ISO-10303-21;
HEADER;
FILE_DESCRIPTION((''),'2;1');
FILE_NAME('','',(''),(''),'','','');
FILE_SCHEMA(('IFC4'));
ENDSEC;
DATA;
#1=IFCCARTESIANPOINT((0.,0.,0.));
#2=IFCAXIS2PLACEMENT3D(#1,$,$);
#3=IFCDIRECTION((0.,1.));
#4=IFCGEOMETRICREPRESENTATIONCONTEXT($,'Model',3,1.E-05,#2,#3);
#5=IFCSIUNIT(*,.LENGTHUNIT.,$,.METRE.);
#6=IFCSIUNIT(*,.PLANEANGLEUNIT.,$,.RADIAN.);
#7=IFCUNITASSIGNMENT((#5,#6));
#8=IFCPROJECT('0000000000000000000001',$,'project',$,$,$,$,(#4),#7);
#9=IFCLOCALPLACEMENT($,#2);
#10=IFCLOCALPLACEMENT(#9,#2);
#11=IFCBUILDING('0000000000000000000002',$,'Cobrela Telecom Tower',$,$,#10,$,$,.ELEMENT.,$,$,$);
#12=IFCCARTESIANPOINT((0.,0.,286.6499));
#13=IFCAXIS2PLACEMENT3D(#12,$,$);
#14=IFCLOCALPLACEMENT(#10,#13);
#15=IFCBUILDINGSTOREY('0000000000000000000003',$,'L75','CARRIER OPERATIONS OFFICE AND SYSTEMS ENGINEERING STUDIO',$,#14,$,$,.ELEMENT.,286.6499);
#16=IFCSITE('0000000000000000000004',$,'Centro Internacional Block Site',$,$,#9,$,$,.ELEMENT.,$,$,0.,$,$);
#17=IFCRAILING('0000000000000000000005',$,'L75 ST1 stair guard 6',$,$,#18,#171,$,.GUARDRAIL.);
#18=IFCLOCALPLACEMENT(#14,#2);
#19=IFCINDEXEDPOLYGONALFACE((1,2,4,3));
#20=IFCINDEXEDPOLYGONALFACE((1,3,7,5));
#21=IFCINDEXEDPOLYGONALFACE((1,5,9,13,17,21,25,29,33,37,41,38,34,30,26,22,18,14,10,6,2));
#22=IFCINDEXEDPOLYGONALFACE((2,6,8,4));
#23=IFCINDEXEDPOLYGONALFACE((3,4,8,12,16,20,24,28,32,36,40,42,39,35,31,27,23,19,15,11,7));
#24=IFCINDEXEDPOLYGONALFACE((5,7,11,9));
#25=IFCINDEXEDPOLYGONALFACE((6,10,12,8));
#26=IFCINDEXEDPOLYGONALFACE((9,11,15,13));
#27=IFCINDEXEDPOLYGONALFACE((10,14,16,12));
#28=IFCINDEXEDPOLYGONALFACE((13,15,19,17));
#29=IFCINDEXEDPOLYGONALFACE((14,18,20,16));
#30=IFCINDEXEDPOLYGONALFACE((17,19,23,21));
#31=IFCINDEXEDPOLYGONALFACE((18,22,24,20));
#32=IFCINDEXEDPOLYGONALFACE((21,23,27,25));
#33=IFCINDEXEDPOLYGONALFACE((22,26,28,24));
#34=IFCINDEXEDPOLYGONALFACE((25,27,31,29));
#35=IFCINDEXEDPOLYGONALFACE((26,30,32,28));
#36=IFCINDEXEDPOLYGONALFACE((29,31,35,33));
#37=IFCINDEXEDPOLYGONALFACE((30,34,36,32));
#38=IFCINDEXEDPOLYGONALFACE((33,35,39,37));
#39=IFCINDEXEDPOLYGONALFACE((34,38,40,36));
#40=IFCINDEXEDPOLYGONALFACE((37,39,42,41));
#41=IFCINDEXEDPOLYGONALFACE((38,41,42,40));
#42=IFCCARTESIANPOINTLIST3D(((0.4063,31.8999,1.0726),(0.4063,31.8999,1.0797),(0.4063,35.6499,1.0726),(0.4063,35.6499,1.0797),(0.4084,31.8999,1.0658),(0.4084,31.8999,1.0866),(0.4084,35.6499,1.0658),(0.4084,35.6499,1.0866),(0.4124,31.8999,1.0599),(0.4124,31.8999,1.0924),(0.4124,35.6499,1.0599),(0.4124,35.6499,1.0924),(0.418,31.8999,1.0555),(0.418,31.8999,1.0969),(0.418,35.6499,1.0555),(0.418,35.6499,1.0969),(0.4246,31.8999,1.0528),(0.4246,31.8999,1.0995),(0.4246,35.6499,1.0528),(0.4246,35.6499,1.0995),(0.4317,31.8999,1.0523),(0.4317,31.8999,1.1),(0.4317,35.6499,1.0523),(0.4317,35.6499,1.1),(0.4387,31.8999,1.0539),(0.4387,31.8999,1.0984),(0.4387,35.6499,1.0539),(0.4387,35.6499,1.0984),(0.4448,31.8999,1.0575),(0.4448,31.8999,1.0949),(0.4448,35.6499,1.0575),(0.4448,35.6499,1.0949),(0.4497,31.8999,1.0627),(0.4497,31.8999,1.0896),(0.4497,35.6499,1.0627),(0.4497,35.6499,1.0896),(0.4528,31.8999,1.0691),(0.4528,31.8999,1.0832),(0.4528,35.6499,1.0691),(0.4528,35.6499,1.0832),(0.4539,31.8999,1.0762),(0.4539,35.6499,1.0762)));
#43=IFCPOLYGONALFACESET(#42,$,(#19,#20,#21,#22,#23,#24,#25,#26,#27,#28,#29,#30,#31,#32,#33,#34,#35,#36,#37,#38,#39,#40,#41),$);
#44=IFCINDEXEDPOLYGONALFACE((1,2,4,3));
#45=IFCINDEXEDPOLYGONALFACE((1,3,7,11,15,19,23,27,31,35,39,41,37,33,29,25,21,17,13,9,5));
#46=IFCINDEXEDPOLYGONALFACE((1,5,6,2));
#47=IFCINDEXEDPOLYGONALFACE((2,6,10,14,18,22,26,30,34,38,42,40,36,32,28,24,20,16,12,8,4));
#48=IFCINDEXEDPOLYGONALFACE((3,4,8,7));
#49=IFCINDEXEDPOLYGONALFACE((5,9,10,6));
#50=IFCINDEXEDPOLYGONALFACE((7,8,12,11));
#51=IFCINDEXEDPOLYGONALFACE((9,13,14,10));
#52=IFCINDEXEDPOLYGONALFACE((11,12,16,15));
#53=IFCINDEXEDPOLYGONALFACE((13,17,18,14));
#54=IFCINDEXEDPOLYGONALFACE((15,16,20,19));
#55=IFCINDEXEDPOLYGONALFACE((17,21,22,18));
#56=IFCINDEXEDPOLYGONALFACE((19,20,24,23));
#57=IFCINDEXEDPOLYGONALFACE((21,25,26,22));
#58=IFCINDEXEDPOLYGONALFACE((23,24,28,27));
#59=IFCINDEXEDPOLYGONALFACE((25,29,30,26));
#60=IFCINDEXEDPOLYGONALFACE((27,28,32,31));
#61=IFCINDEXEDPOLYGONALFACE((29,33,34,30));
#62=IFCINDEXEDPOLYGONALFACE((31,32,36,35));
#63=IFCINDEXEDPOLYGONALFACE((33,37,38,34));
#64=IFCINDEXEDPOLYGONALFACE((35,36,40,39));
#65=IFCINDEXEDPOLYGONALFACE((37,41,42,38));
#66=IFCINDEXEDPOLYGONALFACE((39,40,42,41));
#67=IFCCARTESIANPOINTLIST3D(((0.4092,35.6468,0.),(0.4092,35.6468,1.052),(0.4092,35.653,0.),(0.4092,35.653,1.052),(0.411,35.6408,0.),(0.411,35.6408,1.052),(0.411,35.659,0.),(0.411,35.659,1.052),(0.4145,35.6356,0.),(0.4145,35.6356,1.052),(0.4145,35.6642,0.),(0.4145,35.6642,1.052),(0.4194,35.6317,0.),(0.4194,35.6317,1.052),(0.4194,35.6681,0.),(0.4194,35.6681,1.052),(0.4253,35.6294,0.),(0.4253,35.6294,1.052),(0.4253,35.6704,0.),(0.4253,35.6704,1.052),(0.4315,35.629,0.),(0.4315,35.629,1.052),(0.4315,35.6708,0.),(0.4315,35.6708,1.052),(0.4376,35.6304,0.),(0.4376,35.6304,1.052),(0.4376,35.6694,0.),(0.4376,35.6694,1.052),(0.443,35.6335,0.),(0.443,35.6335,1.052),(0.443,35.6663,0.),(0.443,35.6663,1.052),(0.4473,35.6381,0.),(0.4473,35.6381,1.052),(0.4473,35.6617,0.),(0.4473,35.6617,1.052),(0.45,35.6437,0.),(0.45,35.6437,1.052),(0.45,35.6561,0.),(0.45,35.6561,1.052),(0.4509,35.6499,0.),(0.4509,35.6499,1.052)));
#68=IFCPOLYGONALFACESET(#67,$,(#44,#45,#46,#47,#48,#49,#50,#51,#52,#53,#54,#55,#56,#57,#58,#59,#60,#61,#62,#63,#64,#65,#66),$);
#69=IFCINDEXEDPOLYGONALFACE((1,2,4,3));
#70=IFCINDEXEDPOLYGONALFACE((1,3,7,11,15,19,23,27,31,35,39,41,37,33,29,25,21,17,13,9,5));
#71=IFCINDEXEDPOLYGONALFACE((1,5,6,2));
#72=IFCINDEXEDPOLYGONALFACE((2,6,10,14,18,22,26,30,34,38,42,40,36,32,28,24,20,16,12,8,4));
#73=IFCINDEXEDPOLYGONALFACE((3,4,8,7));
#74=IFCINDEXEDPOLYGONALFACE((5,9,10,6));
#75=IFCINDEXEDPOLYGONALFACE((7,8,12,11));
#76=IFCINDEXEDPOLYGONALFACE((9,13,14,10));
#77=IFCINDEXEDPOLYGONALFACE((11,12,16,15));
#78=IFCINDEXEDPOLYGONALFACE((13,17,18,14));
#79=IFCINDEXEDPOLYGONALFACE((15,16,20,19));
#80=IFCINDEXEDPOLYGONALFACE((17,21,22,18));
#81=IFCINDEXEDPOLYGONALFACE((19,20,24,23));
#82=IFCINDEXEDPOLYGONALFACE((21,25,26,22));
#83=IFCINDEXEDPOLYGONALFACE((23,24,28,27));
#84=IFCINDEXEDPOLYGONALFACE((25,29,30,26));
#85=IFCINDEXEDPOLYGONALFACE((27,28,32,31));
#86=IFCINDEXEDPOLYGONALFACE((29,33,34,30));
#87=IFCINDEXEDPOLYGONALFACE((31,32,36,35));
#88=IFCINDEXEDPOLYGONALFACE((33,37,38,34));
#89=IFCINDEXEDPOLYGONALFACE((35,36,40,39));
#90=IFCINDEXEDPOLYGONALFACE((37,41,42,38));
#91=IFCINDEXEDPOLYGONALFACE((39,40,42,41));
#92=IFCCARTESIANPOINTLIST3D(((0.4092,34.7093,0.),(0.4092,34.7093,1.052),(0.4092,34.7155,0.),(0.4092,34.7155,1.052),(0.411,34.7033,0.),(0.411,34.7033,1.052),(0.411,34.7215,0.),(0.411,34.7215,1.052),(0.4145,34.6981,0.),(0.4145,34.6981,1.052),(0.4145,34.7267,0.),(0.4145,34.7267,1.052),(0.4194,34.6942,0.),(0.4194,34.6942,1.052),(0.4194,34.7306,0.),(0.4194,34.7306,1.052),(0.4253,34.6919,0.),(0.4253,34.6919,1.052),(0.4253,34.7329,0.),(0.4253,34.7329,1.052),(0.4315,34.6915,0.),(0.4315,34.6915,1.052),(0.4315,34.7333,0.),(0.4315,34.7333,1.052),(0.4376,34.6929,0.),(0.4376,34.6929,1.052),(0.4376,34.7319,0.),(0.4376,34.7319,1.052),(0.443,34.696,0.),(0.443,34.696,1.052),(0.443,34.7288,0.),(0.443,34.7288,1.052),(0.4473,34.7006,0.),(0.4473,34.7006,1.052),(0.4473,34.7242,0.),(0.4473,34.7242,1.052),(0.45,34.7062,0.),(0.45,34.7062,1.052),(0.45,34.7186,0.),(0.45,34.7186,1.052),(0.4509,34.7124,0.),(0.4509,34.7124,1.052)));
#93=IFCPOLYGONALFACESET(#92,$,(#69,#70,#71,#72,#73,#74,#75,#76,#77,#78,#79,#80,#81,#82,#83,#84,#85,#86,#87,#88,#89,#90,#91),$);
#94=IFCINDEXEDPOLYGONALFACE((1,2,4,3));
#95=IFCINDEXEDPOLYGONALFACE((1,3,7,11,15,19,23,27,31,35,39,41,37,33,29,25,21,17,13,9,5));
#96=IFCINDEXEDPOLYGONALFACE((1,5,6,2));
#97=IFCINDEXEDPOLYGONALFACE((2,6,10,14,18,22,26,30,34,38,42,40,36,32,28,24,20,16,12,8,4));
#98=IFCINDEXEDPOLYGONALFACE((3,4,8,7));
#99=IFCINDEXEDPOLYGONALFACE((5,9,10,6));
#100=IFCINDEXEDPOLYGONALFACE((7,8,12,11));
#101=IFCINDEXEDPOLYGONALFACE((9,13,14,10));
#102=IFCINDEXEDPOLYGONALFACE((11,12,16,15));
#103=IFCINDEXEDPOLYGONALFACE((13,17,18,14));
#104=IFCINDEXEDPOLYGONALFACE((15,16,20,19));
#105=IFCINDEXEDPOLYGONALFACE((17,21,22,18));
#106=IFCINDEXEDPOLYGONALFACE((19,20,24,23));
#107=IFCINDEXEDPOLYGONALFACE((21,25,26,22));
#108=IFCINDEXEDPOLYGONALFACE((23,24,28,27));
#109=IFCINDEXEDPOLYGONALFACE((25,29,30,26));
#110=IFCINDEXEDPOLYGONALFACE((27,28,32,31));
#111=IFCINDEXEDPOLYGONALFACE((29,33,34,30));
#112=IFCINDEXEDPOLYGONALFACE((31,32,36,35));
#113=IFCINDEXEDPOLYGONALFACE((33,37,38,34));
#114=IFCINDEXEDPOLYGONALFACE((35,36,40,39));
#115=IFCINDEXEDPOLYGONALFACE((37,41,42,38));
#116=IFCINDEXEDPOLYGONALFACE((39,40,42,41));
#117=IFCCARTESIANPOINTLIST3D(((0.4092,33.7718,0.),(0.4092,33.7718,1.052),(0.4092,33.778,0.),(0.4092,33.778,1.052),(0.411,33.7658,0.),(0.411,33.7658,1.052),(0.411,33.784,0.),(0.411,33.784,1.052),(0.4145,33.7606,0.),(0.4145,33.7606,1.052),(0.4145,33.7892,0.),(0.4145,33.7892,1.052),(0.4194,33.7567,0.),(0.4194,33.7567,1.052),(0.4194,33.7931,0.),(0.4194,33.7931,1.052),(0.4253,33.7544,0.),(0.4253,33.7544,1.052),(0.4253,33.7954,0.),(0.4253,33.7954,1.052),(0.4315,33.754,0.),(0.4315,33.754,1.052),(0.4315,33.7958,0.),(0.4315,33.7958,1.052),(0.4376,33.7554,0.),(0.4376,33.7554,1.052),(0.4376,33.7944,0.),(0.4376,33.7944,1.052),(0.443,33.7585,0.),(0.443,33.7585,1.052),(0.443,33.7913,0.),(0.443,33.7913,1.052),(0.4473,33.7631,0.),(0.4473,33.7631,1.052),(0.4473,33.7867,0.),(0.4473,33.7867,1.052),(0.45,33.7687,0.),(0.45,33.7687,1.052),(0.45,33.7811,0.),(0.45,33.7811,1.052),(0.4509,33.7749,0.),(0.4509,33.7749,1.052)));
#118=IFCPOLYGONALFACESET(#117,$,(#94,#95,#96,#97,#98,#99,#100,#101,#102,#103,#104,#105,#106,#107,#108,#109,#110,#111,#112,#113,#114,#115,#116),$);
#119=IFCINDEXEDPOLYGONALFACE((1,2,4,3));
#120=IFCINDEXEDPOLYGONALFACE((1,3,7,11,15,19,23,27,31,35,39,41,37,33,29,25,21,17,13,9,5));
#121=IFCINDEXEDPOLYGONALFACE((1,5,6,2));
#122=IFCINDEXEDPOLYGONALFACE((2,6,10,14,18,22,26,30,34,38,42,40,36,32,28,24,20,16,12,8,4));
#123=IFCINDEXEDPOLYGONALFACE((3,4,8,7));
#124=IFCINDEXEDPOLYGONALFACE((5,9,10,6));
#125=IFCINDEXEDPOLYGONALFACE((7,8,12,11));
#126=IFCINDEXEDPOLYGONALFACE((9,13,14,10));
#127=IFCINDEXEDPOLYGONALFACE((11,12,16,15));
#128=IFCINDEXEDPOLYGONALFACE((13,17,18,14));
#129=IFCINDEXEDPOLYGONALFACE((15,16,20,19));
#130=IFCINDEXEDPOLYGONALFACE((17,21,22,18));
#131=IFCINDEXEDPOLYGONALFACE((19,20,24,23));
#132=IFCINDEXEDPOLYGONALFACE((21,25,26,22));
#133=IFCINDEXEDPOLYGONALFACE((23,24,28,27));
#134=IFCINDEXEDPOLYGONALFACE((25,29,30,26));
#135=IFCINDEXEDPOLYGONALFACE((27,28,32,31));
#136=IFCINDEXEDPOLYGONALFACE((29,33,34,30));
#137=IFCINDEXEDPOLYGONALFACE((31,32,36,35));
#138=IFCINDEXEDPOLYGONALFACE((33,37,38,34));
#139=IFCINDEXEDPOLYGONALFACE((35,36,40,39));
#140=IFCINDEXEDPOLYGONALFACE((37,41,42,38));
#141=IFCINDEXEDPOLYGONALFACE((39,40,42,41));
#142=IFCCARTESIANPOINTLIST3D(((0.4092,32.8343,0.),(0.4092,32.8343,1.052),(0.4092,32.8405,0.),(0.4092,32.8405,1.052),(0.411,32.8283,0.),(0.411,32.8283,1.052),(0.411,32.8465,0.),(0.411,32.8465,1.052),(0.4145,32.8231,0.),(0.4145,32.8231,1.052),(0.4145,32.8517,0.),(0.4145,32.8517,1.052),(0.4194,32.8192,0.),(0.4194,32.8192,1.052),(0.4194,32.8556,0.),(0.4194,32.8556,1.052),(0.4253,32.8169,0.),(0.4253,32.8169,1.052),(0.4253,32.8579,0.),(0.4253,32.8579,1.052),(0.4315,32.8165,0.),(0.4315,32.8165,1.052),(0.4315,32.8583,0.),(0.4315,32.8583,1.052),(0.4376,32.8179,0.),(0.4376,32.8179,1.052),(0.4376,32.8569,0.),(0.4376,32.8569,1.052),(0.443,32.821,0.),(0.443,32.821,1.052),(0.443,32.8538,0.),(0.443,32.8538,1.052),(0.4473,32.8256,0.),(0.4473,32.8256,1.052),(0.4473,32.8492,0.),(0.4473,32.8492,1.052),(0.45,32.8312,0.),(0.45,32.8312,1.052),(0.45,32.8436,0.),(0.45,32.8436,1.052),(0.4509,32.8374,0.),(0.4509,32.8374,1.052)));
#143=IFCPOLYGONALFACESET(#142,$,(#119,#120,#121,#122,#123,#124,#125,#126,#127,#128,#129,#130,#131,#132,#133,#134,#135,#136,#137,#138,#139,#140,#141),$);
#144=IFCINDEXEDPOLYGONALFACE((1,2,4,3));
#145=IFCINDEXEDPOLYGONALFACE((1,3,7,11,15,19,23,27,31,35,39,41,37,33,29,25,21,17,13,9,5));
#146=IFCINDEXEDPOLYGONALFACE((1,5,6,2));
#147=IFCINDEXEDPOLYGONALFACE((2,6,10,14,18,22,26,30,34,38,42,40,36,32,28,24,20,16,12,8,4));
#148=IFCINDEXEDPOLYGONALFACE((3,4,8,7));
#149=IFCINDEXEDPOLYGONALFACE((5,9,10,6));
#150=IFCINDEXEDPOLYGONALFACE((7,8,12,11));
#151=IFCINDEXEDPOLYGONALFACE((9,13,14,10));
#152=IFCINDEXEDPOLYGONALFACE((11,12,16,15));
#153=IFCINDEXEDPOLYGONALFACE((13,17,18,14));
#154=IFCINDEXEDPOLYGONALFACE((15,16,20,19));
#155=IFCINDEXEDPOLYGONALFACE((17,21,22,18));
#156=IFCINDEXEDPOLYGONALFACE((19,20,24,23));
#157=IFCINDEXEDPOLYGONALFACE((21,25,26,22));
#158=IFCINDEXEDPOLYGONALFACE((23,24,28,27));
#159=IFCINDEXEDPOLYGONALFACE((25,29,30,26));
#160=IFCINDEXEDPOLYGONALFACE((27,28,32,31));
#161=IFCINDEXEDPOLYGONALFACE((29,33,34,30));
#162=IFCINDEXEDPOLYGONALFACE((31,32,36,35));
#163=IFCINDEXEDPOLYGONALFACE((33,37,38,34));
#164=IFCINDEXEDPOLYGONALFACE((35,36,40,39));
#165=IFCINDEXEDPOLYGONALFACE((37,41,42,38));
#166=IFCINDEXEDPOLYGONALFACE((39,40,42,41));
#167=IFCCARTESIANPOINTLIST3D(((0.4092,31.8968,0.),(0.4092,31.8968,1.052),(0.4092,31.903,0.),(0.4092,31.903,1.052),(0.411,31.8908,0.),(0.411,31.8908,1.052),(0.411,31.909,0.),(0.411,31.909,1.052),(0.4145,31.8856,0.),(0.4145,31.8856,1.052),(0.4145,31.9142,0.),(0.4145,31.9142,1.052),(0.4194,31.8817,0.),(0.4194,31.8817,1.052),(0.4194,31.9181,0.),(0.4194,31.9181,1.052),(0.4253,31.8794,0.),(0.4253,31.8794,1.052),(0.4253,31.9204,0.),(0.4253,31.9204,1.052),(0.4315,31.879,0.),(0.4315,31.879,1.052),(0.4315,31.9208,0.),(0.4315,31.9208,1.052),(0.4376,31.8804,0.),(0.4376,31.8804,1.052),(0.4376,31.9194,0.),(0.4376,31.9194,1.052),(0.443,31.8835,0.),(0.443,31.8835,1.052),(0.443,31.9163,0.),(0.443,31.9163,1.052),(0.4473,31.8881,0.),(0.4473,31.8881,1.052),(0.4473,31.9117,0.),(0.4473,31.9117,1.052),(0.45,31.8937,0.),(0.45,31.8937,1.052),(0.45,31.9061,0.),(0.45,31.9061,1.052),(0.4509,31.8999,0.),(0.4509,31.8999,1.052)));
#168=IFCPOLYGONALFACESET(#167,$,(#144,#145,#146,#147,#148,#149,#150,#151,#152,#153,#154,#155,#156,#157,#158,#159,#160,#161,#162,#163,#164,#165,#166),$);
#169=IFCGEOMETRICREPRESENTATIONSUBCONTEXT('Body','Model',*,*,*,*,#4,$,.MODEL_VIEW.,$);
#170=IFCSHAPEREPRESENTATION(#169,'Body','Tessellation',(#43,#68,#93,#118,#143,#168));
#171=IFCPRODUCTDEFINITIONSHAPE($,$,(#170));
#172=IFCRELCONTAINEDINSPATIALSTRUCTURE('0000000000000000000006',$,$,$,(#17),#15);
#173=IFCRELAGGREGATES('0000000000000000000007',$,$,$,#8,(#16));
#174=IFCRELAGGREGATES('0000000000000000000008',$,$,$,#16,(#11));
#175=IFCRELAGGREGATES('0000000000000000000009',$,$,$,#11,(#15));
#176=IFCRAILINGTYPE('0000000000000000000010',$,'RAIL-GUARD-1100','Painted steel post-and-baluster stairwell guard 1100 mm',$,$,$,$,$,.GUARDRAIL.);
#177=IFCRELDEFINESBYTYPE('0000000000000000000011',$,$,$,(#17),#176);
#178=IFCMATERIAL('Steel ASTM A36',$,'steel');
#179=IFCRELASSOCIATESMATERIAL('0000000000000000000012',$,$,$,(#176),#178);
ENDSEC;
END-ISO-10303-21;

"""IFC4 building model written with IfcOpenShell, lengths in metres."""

from ifc_helpers import new_model, si_unit, direction, frame, origin, origin_2d, place, context, subcontext, project, spatial, circle, extrude, material, type_object, element, save


model = new_model("IFC4")

# Units and contexts
model_context = context("Model", 3, precision=1e-05, world=origin(), true_north=direction((0.0, 1.0)))
body_context = subcontext(model_context, "Body", "Model", "MODEL_VIEW")
ifc_project = project(units=[si_unit("LENGTHUNIT", "METRE"), si_unit("PLANEANGLEUNIT", "RADIAN")], contexts=[model_context])

# Site, building, storey
site_placement = place(None, origin())
site = spatial("IfcSite", under=ifc_project, at=site_placement, Name="Centro Internacional Block Site", CompositionType="ELEMENT", RefElevation=0.0)
building_placement = place(site_placement, origin())
building = spatial("IfcBuilding", under=site, at=building_placement, Name="Cobrela Telecom Tower", CompositionType="ELEMENT")
storey_placement = place(building_placement, frame((0.0, 0.0, 286.6499)))
storey = spatial("IfcBuildingStorey", under=building, at=storey_placement, Name="L75", Description="CARRIER OPERATIONS OFFICE AND SYSTEMS ENGINEERING STUDIO", CompositionType="ELEMENT", Elevation=286.6499)

# Shared definitions
ifc_material_1 = material(Name="Steel ASTM A36", Category="steel")

# Railing
railing_type_1 = type_object("IfcRailingType", Name="RAIL-GUARD-1100", Description="Painted steel post-and-baluster stairwell guard 1100 mm", PredefinedType="GUARDRAIL", material=ifc_material_1)
railing_1_placement = place(storey_placement, frame((0.4299, 35.6499, 0.0)))
element("IfcRailing", 1, at=railing_1_placement, inside=storey, type_object=railing_type_1, Name="L75 ST1 stair guard 6", PredefinedType="GUARDRAIL", context=body_context, shape_type="SweptSolid", body=[
    extrude(circle(Radius=0.0239, at=origin_2d()), frame((0.0, 0.0, 1.0762), z_axis=(0.0, -1.0, 0.0), x_axis=(1.0, 0.0, 0.0)), (0.0, 0.0, 1.0), 3.75),
    extrude(circle(Radius=0.021, at=origin_2d()), origin(), (0.0, 0.0, 1.0), 1.052),
    extrude(circle(Radius=0.021, at=origin_2d()), frame((0.0, -0.9375, 0.0)), (0.0, 0.0, 1.0), 1.052),
    extrude(circle(Radius=0.021, at=origin_2d()), frame((0.0, -1.875, 0.0)), (0.0, 0.0, 1.0), 1.052),
    extrude(circle(Radius=0.021, at=origin_2d()), frame((0.0, -2.8125, 0.0)), (0.0, 0.0, 1.0), 1.052),
    extrude(circle(Radius=0.021, at=origin_2d()), frame((0.0, -3.75, 0.0)), (0.0, 0.0, 1.0), 1.052),
])

save(model, "model.ifc")
